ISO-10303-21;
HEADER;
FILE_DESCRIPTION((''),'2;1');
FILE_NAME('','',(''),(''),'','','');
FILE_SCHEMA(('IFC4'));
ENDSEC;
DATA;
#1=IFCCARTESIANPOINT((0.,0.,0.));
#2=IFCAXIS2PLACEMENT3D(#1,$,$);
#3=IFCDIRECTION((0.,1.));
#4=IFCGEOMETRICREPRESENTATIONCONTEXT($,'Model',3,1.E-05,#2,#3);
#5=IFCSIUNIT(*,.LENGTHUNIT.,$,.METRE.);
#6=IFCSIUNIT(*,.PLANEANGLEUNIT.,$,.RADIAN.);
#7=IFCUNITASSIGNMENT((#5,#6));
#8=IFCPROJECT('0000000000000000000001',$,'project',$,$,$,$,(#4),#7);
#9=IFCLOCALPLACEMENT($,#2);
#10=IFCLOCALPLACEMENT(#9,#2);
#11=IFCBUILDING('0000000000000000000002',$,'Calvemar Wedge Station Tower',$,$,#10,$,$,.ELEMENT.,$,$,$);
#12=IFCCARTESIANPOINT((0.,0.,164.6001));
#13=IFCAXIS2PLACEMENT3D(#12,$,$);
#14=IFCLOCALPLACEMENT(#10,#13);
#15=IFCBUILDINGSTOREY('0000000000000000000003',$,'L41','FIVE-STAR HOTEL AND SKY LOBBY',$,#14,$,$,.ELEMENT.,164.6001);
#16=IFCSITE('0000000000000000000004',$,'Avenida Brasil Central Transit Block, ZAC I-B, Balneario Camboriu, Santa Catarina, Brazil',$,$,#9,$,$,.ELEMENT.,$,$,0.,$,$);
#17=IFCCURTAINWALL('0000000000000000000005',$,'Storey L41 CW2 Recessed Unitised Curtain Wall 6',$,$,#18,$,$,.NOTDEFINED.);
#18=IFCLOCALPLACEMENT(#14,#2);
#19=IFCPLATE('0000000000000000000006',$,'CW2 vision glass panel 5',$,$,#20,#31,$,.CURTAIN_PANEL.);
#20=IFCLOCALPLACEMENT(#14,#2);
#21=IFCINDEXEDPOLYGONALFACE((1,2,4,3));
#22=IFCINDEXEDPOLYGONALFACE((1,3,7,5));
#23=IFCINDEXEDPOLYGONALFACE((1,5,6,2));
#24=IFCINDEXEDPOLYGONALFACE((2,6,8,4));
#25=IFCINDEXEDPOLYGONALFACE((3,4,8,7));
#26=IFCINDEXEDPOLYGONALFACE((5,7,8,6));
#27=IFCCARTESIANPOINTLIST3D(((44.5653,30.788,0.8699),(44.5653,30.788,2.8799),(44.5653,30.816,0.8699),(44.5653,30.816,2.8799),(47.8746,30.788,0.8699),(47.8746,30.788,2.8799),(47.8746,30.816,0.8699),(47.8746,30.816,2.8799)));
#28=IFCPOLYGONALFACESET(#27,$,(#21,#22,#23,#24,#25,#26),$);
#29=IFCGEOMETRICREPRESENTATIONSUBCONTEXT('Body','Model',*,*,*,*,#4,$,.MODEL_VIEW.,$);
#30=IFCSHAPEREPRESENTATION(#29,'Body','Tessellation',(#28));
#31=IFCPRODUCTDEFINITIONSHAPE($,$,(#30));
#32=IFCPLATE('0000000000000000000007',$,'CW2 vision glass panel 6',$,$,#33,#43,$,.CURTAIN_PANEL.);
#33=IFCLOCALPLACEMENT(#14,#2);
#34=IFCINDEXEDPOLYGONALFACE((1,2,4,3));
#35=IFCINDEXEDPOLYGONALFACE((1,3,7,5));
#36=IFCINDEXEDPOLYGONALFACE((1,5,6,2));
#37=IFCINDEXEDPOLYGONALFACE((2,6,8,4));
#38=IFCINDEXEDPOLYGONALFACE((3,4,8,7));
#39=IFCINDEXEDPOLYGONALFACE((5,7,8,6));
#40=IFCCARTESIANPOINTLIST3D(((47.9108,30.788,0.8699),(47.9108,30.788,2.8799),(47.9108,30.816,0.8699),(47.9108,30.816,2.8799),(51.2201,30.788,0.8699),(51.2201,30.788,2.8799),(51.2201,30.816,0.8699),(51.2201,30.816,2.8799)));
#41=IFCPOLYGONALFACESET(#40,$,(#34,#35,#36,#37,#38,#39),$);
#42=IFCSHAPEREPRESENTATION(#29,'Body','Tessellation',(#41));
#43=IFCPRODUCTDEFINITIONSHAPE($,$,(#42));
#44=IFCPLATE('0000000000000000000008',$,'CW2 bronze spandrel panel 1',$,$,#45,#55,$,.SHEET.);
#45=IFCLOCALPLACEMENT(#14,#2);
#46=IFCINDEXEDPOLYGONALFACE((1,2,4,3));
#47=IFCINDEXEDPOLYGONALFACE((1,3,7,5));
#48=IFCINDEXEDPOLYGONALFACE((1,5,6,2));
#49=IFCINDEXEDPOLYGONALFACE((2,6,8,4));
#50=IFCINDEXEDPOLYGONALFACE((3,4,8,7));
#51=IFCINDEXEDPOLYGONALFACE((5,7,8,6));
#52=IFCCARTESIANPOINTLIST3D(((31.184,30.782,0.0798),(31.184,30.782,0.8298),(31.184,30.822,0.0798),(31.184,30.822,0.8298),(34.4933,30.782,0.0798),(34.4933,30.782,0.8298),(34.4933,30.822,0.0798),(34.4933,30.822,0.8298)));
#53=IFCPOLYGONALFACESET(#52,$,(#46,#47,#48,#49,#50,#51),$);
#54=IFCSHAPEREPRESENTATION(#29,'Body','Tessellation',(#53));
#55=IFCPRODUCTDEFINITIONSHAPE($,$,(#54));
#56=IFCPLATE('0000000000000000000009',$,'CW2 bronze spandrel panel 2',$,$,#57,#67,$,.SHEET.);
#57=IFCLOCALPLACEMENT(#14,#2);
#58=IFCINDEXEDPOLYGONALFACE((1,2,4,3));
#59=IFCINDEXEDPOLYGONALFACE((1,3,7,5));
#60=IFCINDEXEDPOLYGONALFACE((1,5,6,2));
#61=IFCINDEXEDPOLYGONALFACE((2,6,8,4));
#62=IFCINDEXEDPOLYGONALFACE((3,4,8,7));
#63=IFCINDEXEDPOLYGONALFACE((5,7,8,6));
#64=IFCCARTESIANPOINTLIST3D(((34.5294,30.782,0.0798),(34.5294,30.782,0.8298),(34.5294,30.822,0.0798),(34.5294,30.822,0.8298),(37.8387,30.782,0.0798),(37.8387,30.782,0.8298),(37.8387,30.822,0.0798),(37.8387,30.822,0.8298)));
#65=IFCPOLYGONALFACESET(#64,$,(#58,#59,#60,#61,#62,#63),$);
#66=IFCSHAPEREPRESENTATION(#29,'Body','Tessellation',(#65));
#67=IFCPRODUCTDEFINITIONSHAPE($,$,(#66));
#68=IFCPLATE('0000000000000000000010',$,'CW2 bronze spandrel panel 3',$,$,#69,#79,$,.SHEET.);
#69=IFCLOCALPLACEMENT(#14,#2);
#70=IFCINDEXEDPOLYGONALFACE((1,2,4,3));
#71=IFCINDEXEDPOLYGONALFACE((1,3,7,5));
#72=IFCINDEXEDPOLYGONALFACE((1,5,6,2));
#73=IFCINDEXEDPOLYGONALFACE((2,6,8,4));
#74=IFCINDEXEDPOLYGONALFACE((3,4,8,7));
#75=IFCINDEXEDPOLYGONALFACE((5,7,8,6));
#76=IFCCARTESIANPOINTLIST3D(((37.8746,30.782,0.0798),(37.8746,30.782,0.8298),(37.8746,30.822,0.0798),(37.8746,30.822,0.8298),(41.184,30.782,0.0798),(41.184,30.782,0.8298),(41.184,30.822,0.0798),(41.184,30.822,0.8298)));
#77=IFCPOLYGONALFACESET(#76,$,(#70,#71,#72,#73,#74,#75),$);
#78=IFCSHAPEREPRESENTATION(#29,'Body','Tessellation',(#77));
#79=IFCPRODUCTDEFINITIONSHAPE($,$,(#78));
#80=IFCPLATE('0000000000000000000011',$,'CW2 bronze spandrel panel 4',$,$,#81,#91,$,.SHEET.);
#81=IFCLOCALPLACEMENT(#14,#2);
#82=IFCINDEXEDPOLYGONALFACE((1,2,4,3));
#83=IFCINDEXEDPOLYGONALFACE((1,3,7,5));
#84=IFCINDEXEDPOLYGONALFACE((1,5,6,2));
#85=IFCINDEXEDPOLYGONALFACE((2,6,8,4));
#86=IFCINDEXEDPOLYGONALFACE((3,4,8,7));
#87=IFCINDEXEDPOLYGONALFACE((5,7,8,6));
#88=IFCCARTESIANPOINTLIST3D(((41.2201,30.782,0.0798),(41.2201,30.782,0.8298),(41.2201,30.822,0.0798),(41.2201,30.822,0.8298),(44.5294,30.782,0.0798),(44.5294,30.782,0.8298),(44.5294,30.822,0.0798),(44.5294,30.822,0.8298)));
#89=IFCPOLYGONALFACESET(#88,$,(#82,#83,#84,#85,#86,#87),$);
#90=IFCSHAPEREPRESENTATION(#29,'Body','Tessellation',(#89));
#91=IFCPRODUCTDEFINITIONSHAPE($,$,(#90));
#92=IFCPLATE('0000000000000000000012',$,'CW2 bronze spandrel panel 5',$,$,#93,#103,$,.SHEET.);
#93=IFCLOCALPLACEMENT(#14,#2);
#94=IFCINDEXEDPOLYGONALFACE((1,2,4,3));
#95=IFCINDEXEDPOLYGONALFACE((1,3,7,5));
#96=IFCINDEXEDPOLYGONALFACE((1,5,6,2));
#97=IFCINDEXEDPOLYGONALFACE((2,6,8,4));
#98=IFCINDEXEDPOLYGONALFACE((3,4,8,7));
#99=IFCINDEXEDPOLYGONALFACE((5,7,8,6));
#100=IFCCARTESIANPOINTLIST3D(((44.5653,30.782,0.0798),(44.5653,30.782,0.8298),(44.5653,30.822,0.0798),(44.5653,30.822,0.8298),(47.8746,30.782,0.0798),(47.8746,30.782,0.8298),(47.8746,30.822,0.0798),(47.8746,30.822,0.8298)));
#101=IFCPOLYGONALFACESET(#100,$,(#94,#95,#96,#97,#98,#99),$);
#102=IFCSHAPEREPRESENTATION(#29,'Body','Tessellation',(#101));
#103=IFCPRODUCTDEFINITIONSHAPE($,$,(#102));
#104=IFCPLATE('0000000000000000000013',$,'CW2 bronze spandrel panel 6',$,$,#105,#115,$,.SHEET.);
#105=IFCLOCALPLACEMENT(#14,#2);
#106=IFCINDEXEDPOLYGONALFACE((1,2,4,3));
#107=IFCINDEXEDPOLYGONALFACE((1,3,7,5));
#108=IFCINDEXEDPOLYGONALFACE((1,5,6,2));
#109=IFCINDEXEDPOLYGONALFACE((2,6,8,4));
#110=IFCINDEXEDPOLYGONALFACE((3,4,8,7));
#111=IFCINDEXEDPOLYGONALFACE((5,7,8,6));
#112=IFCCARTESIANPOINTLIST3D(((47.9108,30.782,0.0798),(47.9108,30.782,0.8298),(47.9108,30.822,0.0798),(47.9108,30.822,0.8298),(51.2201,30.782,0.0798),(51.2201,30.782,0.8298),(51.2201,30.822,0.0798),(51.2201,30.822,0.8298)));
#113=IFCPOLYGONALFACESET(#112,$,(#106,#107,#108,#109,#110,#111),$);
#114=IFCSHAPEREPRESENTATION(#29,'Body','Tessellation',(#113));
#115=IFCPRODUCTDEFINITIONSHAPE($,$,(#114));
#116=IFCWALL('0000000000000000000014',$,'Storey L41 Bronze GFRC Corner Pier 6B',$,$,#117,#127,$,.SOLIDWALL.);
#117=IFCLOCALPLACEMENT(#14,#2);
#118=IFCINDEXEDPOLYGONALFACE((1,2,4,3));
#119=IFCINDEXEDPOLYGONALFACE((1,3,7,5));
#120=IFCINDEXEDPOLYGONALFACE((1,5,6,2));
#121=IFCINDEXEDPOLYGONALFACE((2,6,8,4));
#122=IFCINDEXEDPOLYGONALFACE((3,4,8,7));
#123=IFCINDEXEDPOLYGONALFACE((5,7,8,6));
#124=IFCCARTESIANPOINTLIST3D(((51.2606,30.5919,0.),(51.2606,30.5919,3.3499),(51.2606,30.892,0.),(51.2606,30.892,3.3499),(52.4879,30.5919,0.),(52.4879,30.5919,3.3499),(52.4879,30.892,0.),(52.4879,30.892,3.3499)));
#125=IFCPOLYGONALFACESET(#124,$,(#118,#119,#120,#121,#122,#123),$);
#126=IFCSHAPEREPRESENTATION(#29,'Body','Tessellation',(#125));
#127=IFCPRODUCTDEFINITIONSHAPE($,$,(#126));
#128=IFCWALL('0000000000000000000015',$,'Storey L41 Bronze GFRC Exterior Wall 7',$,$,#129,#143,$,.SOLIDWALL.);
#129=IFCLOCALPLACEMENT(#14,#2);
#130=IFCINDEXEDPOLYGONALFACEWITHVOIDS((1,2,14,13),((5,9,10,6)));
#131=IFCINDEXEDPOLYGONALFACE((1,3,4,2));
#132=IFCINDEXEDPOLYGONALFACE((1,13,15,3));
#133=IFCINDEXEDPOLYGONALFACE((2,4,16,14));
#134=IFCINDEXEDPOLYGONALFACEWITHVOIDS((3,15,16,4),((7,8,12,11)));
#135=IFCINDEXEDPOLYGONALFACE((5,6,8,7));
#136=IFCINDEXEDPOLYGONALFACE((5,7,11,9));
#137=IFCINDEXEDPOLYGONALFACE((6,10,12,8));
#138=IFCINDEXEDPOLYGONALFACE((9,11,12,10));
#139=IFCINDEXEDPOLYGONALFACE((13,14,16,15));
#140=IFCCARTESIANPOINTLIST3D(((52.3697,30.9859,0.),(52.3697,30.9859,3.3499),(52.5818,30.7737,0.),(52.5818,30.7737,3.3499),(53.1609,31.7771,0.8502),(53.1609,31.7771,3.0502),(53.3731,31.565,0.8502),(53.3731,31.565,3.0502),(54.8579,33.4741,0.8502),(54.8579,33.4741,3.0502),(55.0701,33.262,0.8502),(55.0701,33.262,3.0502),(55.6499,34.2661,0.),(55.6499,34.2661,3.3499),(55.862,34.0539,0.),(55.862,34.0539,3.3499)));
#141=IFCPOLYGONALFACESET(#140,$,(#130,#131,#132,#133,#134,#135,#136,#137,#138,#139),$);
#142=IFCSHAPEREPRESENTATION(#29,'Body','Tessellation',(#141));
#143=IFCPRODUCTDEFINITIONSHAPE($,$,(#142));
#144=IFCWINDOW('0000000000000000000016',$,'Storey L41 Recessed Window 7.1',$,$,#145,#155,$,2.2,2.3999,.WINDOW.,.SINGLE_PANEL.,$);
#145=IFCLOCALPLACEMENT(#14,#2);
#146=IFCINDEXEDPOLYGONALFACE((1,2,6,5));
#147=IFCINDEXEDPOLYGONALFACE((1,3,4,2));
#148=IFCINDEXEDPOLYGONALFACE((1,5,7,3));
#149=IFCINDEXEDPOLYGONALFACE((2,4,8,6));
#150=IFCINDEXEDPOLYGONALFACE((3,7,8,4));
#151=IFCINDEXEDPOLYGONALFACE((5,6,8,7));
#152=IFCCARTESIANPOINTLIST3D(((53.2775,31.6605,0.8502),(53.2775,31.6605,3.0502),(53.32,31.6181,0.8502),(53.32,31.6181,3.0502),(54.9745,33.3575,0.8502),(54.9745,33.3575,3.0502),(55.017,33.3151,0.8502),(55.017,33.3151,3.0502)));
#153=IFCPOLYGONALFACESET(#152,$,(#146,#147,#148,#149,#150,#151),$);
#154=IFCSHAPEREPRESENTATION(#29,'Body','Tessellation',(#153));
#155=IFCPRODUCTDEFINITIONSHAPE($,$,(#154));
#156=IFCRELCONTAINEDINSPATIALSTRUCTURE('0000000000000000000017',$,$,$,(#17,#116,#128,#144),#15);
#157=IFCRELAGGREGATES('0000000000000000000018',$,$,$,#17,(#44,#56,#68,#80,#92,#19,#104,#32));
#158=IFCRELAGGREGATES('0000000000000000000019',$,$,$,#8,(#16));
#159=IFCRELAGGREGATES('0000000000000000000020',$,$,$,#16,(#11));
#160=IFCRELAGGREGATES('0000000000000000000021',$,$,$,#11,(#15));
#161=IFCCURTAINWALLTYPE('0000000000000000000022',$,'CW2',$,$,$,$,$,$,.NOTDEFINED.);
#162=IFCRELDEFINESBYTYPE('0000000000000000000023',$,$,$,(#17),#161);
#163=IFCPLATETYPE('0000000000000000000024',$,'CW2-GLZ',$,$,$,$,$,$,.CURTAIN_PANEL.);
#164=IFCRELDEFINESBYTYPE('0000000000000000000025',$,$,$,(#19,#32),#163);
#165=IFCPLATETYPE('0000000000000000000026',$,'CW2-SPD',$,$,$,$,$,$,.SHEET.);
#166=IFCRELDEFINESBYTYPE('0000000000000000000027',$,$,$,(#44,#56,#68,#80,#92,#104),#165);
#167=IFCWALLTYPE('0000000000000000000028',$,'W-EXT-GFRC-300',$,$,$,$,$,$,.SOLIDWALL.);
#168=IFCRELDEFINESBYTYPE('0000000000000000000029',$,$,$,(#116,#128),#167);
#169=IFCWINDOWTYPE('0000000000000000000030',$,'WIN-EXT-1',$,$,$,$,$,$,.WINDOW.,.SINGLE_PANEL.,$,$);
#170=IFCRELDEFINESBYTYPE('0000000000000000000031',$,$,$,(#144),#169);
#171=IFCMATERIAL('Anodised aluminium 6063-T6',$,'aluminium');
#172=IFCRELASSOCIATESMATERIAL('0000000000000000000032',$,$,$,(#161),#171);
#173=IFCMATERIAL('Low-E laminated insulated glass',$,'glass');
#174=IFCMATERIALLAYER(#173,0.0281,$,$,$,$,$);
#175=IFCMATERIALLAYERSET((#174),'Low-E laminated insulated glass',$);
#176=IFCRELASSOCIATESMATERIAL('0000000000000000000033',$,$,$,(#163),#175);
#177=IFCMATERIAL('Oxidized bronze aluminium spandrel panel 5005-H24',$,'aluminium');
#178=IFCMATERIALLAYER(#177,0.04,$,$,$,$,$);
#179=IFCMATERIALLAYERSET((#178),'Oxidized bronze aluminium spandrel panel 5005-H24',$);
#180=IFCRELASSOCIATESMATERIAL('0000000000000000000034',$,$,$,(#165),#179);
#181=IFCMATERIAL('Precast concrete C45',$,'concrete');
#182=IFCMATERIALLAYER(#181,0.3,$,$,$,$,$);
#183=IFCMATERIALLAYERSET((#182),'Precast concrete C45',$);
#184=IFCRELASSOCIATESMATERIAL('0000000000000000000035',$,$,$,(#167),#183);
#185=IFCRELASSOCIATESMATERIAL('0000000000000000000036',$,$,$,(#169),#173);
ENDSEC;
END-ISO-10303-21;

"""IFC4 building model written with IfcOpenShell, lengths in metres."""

from ifc_helpers import new_model, si_unit, direction, frame, frame_2d, origin, place, context, subcontext, project, spatial, rectangle, extrude, source, transform, mapped, material, layer, layer_set, type_object, element, fill, aggregate, save


model = new_model("IFC4")

# Units and contexts
model_context = context("Model", 3, precision=1e-05, world=origin(), true_north=direction((0.0, 1.0)))
body_context = subcontext(model_context, "Body", "Model", "MODEL_VIEW")
ifc_project = project(units=[si_unit("LENGTHUNIT", "METRE"), si_unit("PLANEANGLEUNIT", "RADIAN")], contexts=[model_context])

# Site, building, storey
site_placement = place(None, origin())
site = spatial("IfcSite", under=ifc_project, at=site_placement, Name="Avenida Brasil Central Transit Block, ZAC I-B, Balneario Camboriu, Santa Catarina, Brazil", CompositionType="ELEMENT", RefElevation=0.0)
building_placement = place(site_placement, origin())
building = spatial("IfcBuilding", under=site, at=building_placement, Name="Calvemar Wedge Station Tower", CompositionType="ELEMENT")
storey_placement = place(building_placement, frame((0.0, 0.0, 164.6001)))
storey = spatial("IfcBuildingStorey", under=building, at=storey_placement, Name="L41", Description="FIVE-STAR HOTEL AND SKY LOBBY", CompositionType="ELEMENT", Elevation=164.6001)

# Curtain wall, plates
ifc_material_1 = material(Name="Anodised aluminium 6063-T6", Category="aluminium")
curtain_wall_type = type_object("IfcCurtainWallType", Name="CW2", PredefinedType="NOTDEFINED", material=ifc_material_1)
curtain_wall_placement = place(storey_placement, origin())
curtain_wall = element("IfcCurtainWall", 1, at=curtain_wall_placement, inside=storey, type_object=curtain_wall_type, Name="Storey L41 CW2 Recessed Unitised Curtain Wall 6", PredefinedType="NOTDEFINED")
ifc_material_2 = material(Name="Low-E laminated insulated glass", Category="glass")
ifc_layer_1 = layer(ifc_material_2, 0.0281)
ifc_layer_set_1 = layer_set([ifc_layer_1], Name="Low-E laminated insulated glass")
plate_type_1 = type_object("IfcPlateType", Name="CW2-GLZ", PredefinedType="CURTAIN_PANEL", material=ifc_layer_set_1)
plate_1_placement = place(storey_placement, frame((44.5652, 30.802, 0.8699), z_axis=(0.0, 0.0, 1.0), x_axis=(1.0, 0.0, 0.0)))
plate_1 = element("IfcPlate", 2, at=plate_1_placement, type_object=plate_type_1, Name="CW2 vision glass panel 5", PredefinedType="CURTAIN_PANEL", context=body_context, shape_type="SweptSolid", body=[
    extrude(rectangle(XDim=3.3093, YDim=0.0281, at=frame_2d((1.6548, 0.0))), origin(), (0.0, 0.0, 1.0), 2.01),
])
plate_2_placement = place(storey_placement, frame((47.9106, 30.802, 0.8699), z_axis=(0.0, 0.0, 1.0), x_axis=(1.0, 0.0, 0.0)))
plate_2 = element("IfcPlate", 3, at=plate_2_placement, type_object=plate_type_1, Name="CW2 vision glass panel 6", PredefinedType="CURTAIN_PANEL", context=body_context, shape_type="SweptSolid", body=[
    extrude(rectangle(XDim=3.3093, YDim=0.0281, at=frame_2d((1.6548, 0.0))), origin(), (0.0, 0.0, 1.0), 2.01),
])
ifc_material_3 = material(Name="Oxidized bronze aluminium spandrel panel 5005-H24", Category="aluminium")
ifc_layer_2 = layer(ifc_material_3, 0.04)
ifc_layer_set_2 = layer_set([ifc_layer_2], Name="Oxidized bronze aluminium spandrel panel 5005-H24")
plate_type_2 = type_object("IfcPlateType", Name="CW2-SPD", PredefinedType="SHEET", material=ifc_layer_set_2)
plate_3_placement = place(storey_placement, frame((31.1838, 30.802, 0.0798), z_axis=(0.0, 0.0, 1.0), x_axis=(1.0, 0.0, 0.0)))
plate_3 = element("IfcPlate", 4, at=plate_3_placement, type_object=plate_type_2, Name="CW2 bronze spandrel panel 1", PredefinedType="SHEET", context=body_context, shape_type="SweptSolid", body=[
    extrude(rectangle(XDim=3.3093, YDim=0.04, at=frame_2d((1.6548, 0.0))), origin(), (0.0, 0.0, 1.0), 0.75),
])
plate_4_placement = place(storey_placement, frame((34.5293, 30.802, 0.0798), z_axis=(0.0, 0.0, 1.0), x_axis=(1.0, 0.0, 0.0)))
plate_4 = element("IfcPlate", 5, at=plate_4_placement, type_object=plate_type_2, Name="CW2 bronze spandrel panel 2", PredefinedType="SHEET", context=body_context, shape_type="SweptSolid", body=[
    extrude(rectangle(XDim=3.3093, YDim=0.04, at=frame_2d((1.6548, 0.0))), origin(), (0.0, 0.0, 1.0), 0.75),
])
plate_5_placement = place(storey_placement, frame((37.8745, 30.802, 0.0798), z_axis=(0.0, 0.0, 1.0), x_axis=(1.0, 0.0, 0.0)))
plate_5 = element("IfcPlate", 6, at=plate_5_placement, type_object=plate_type_2, Name="CW2 bronze spandrel panel 3", PredefinedType="SHEET", context=body_context, shape_type="SweptSolid", body=[
    extrude(rectangle(XDim=3.3093, YDim=0.04, at=frame_2d((1.6548, 0.0))), origin(), (0.0, 0.0, 1.0), 0.75),
])
plate_6_placement = place(storey_placement, frame((41.22, 30.802, 0.0798), z_axis=(0.0, 0.0, 1.0), x_axis=(1.0, 0.0, 0.0)))
plate_6 = element("IfcPlate", 7, at=plate_6_placement, type_object=plate_type_2, Name="CW2 bronze spandrel panel 4", PredefinedType="SHEET", context=body_context, shape_type="SweptSolid", body=[
    extrude(rectangle(XDim=3.3093, YDim=0.04, at=frame_2d((1.6548, 0.0))), origin(), (0.0, 0.0, 1.0), 0.75),
])
plate_7_placement = place(storey_placement, frame((44.5652, 30.802, 0.0798), z_axis=(0.0, 0.0, 1.0), x_axis=(1.0, 0.0, 0.0)))
plate_7 = element("IfcPlate", 8, at=plate_7_placement, type_object=plate_type_2, Name="CW2 bronze spandrel panel 5", PredefinedType="SHEET", context=body_context, shape_type="SweptSolid", body=[
    extrude(rectangle(XDim=3.3093, YDim=0.04, at=frame_2d((1.6548, 0.0))), origin(), (0.0, 0.0, 1.0), 0.75),
])
plate_8_placement = place(storey_placement, frame((47.9106, 30.802, 0.0798), z_axis=(0.0, 0.0, 1.0), x_axis=(1.0, 0.0, 0.0)))
plate_8 = element("IfcPlate", 9, at=plate_8_placement, type_object=plate_type_2, Name="CW2 bronze spandrel panel 6", PredefinedType="SHEET", context=body_context, shape_type="SweptSolid", body=[
    extrude(rectangle(XDim=3.3093, YDim=0.04, at=frame_2d((1.6548, 0.0))), origin(), (0.0, 0.0, 1.0), 0.75),
])
aggregate(curtain_wall, [plate_3, plate_4, plate_5, plate_6, plate_7, plate_1, plate_8, plate_2])

# Wall
ifc_material_4 = material(Name="Precast concrete C45", Category="concrete")
ifc_layer_3 = layer(ifc_material_4, 0.3)
ifc_layer_set_3 = layer_set([ifc_layer_3], Name="Precast concrete C45")
wall_type = type_object("IfcWallType", Name="W-EXT-GFRC-300", PredefinedType="SOLIDWALL", material=ifc_layer_set_3)
wall_1_placement = place(storey_placement, frame((51.2605, 30.7419, 0.0), z_axis=(0.0, 0.0, 1.0), x_axis=(1.0, 0.0, 0.0)))
element("IfcWall", 10, at=wall_1_placement, inside=storey, type_object=wall_type, Name="Storey L41 Bronze GFRC Corner Pier 6B", PredefinedType="SOLIDWALL", context=body_context, shape_type="SweptSolid", body=[
    extrude(rectangle(XDim=1.2273, YDim=0.3, at=frame_2d((0.6138, 0.0))), origin(), (0.0, 0.0, 1.0), 3.3499),
])

# Wall, opening, window
wall_2_placement = place(storey_placement, frame((52.4758, 30.8799, 0.0), z_axis=(0.0, 0.0, 1.0), x_axis=(0.707107, 0.707107, 0.0)))
wall_2 = element("IfcWall", 11, at=wall_2_placement, inside=storey, type_object=wall_type, Name="Storey L41 Bronze GFRC Exterior Wall 7", PredefinedType="SOLIDWALL", context=body_context, shape_type="SweptSolid", body=[
    extrude(rectangle(XDim=4.6389, YDim=0.3, at=frame_2d((2.3193, 0.0))), origin(), (0.0, 0.0, 1.0), 3.3499),
])
shared_shape_1 = source(origin(), body_context, "Body", "SweptSolid", [
    extrude(rectangle(XDim=2.3999, YDim=2.2, at=frame_2d((1.2, 1.1001))), frame((0.0, 0.1602, 0.0), z_axis=(0.0, -1.0, 0.0), x_axis=(1.0, 0.0, 0.0)), (0.0, 0.0, 1.0), 0.3201),
])
opening_placement = place(wall_2_placement, frame((1.1189, 0.0, 0.8501)))
opening = element("IfcOpeningElement", 12, at=opening_placement, cuts=wall_2, PredefinedType="OPENING", context=body_context, shape_type="MappedRepresentation", body=[
    mapped(shared_shape_1, transform((0.0, 0.0, 0.0), scale=1.0)),
])
window_type = type_object("IfcWindowType", Name="WIN-EXT-1", PartitioningType="SINGLE_PANEL", PredefinedType="WINDOW", material=ifc_material_2)
shared_shape_2 = source(origin(), body_context, "Body", "SweptSolid", [
    extrude(rectangle(XDim=2.3999, YDim=2.2, at=frame_2d((1.2, 1.1001))), frame((0.0, -0.0149, 0.0), z_axis=(0.0, -1.0, 0.0), x_axis=(1.0, 0.0, 0.0)), (0.0, 0.0, 1.0), 0.0601),
])
window_placement = place(opening_placement, origin())
window = element("IfcWindow", 13, at=window_placement, inside=storey, type_object=window_type, Name="Storey L41 Recessed Window 7.1", OverallHeight=2.2, OverallWidth=2.3999, PartitioningType="SINGLE_PANEL", PredefinedType="WINDOW", context=body_context, shape_type="MappedRepresentation", body=[
    mapped(shared_shape_2, transform((0.0, 0.0, 0.0), scale=1.0)),
])
fill(opening, window)

save(model, "model.ifc")
